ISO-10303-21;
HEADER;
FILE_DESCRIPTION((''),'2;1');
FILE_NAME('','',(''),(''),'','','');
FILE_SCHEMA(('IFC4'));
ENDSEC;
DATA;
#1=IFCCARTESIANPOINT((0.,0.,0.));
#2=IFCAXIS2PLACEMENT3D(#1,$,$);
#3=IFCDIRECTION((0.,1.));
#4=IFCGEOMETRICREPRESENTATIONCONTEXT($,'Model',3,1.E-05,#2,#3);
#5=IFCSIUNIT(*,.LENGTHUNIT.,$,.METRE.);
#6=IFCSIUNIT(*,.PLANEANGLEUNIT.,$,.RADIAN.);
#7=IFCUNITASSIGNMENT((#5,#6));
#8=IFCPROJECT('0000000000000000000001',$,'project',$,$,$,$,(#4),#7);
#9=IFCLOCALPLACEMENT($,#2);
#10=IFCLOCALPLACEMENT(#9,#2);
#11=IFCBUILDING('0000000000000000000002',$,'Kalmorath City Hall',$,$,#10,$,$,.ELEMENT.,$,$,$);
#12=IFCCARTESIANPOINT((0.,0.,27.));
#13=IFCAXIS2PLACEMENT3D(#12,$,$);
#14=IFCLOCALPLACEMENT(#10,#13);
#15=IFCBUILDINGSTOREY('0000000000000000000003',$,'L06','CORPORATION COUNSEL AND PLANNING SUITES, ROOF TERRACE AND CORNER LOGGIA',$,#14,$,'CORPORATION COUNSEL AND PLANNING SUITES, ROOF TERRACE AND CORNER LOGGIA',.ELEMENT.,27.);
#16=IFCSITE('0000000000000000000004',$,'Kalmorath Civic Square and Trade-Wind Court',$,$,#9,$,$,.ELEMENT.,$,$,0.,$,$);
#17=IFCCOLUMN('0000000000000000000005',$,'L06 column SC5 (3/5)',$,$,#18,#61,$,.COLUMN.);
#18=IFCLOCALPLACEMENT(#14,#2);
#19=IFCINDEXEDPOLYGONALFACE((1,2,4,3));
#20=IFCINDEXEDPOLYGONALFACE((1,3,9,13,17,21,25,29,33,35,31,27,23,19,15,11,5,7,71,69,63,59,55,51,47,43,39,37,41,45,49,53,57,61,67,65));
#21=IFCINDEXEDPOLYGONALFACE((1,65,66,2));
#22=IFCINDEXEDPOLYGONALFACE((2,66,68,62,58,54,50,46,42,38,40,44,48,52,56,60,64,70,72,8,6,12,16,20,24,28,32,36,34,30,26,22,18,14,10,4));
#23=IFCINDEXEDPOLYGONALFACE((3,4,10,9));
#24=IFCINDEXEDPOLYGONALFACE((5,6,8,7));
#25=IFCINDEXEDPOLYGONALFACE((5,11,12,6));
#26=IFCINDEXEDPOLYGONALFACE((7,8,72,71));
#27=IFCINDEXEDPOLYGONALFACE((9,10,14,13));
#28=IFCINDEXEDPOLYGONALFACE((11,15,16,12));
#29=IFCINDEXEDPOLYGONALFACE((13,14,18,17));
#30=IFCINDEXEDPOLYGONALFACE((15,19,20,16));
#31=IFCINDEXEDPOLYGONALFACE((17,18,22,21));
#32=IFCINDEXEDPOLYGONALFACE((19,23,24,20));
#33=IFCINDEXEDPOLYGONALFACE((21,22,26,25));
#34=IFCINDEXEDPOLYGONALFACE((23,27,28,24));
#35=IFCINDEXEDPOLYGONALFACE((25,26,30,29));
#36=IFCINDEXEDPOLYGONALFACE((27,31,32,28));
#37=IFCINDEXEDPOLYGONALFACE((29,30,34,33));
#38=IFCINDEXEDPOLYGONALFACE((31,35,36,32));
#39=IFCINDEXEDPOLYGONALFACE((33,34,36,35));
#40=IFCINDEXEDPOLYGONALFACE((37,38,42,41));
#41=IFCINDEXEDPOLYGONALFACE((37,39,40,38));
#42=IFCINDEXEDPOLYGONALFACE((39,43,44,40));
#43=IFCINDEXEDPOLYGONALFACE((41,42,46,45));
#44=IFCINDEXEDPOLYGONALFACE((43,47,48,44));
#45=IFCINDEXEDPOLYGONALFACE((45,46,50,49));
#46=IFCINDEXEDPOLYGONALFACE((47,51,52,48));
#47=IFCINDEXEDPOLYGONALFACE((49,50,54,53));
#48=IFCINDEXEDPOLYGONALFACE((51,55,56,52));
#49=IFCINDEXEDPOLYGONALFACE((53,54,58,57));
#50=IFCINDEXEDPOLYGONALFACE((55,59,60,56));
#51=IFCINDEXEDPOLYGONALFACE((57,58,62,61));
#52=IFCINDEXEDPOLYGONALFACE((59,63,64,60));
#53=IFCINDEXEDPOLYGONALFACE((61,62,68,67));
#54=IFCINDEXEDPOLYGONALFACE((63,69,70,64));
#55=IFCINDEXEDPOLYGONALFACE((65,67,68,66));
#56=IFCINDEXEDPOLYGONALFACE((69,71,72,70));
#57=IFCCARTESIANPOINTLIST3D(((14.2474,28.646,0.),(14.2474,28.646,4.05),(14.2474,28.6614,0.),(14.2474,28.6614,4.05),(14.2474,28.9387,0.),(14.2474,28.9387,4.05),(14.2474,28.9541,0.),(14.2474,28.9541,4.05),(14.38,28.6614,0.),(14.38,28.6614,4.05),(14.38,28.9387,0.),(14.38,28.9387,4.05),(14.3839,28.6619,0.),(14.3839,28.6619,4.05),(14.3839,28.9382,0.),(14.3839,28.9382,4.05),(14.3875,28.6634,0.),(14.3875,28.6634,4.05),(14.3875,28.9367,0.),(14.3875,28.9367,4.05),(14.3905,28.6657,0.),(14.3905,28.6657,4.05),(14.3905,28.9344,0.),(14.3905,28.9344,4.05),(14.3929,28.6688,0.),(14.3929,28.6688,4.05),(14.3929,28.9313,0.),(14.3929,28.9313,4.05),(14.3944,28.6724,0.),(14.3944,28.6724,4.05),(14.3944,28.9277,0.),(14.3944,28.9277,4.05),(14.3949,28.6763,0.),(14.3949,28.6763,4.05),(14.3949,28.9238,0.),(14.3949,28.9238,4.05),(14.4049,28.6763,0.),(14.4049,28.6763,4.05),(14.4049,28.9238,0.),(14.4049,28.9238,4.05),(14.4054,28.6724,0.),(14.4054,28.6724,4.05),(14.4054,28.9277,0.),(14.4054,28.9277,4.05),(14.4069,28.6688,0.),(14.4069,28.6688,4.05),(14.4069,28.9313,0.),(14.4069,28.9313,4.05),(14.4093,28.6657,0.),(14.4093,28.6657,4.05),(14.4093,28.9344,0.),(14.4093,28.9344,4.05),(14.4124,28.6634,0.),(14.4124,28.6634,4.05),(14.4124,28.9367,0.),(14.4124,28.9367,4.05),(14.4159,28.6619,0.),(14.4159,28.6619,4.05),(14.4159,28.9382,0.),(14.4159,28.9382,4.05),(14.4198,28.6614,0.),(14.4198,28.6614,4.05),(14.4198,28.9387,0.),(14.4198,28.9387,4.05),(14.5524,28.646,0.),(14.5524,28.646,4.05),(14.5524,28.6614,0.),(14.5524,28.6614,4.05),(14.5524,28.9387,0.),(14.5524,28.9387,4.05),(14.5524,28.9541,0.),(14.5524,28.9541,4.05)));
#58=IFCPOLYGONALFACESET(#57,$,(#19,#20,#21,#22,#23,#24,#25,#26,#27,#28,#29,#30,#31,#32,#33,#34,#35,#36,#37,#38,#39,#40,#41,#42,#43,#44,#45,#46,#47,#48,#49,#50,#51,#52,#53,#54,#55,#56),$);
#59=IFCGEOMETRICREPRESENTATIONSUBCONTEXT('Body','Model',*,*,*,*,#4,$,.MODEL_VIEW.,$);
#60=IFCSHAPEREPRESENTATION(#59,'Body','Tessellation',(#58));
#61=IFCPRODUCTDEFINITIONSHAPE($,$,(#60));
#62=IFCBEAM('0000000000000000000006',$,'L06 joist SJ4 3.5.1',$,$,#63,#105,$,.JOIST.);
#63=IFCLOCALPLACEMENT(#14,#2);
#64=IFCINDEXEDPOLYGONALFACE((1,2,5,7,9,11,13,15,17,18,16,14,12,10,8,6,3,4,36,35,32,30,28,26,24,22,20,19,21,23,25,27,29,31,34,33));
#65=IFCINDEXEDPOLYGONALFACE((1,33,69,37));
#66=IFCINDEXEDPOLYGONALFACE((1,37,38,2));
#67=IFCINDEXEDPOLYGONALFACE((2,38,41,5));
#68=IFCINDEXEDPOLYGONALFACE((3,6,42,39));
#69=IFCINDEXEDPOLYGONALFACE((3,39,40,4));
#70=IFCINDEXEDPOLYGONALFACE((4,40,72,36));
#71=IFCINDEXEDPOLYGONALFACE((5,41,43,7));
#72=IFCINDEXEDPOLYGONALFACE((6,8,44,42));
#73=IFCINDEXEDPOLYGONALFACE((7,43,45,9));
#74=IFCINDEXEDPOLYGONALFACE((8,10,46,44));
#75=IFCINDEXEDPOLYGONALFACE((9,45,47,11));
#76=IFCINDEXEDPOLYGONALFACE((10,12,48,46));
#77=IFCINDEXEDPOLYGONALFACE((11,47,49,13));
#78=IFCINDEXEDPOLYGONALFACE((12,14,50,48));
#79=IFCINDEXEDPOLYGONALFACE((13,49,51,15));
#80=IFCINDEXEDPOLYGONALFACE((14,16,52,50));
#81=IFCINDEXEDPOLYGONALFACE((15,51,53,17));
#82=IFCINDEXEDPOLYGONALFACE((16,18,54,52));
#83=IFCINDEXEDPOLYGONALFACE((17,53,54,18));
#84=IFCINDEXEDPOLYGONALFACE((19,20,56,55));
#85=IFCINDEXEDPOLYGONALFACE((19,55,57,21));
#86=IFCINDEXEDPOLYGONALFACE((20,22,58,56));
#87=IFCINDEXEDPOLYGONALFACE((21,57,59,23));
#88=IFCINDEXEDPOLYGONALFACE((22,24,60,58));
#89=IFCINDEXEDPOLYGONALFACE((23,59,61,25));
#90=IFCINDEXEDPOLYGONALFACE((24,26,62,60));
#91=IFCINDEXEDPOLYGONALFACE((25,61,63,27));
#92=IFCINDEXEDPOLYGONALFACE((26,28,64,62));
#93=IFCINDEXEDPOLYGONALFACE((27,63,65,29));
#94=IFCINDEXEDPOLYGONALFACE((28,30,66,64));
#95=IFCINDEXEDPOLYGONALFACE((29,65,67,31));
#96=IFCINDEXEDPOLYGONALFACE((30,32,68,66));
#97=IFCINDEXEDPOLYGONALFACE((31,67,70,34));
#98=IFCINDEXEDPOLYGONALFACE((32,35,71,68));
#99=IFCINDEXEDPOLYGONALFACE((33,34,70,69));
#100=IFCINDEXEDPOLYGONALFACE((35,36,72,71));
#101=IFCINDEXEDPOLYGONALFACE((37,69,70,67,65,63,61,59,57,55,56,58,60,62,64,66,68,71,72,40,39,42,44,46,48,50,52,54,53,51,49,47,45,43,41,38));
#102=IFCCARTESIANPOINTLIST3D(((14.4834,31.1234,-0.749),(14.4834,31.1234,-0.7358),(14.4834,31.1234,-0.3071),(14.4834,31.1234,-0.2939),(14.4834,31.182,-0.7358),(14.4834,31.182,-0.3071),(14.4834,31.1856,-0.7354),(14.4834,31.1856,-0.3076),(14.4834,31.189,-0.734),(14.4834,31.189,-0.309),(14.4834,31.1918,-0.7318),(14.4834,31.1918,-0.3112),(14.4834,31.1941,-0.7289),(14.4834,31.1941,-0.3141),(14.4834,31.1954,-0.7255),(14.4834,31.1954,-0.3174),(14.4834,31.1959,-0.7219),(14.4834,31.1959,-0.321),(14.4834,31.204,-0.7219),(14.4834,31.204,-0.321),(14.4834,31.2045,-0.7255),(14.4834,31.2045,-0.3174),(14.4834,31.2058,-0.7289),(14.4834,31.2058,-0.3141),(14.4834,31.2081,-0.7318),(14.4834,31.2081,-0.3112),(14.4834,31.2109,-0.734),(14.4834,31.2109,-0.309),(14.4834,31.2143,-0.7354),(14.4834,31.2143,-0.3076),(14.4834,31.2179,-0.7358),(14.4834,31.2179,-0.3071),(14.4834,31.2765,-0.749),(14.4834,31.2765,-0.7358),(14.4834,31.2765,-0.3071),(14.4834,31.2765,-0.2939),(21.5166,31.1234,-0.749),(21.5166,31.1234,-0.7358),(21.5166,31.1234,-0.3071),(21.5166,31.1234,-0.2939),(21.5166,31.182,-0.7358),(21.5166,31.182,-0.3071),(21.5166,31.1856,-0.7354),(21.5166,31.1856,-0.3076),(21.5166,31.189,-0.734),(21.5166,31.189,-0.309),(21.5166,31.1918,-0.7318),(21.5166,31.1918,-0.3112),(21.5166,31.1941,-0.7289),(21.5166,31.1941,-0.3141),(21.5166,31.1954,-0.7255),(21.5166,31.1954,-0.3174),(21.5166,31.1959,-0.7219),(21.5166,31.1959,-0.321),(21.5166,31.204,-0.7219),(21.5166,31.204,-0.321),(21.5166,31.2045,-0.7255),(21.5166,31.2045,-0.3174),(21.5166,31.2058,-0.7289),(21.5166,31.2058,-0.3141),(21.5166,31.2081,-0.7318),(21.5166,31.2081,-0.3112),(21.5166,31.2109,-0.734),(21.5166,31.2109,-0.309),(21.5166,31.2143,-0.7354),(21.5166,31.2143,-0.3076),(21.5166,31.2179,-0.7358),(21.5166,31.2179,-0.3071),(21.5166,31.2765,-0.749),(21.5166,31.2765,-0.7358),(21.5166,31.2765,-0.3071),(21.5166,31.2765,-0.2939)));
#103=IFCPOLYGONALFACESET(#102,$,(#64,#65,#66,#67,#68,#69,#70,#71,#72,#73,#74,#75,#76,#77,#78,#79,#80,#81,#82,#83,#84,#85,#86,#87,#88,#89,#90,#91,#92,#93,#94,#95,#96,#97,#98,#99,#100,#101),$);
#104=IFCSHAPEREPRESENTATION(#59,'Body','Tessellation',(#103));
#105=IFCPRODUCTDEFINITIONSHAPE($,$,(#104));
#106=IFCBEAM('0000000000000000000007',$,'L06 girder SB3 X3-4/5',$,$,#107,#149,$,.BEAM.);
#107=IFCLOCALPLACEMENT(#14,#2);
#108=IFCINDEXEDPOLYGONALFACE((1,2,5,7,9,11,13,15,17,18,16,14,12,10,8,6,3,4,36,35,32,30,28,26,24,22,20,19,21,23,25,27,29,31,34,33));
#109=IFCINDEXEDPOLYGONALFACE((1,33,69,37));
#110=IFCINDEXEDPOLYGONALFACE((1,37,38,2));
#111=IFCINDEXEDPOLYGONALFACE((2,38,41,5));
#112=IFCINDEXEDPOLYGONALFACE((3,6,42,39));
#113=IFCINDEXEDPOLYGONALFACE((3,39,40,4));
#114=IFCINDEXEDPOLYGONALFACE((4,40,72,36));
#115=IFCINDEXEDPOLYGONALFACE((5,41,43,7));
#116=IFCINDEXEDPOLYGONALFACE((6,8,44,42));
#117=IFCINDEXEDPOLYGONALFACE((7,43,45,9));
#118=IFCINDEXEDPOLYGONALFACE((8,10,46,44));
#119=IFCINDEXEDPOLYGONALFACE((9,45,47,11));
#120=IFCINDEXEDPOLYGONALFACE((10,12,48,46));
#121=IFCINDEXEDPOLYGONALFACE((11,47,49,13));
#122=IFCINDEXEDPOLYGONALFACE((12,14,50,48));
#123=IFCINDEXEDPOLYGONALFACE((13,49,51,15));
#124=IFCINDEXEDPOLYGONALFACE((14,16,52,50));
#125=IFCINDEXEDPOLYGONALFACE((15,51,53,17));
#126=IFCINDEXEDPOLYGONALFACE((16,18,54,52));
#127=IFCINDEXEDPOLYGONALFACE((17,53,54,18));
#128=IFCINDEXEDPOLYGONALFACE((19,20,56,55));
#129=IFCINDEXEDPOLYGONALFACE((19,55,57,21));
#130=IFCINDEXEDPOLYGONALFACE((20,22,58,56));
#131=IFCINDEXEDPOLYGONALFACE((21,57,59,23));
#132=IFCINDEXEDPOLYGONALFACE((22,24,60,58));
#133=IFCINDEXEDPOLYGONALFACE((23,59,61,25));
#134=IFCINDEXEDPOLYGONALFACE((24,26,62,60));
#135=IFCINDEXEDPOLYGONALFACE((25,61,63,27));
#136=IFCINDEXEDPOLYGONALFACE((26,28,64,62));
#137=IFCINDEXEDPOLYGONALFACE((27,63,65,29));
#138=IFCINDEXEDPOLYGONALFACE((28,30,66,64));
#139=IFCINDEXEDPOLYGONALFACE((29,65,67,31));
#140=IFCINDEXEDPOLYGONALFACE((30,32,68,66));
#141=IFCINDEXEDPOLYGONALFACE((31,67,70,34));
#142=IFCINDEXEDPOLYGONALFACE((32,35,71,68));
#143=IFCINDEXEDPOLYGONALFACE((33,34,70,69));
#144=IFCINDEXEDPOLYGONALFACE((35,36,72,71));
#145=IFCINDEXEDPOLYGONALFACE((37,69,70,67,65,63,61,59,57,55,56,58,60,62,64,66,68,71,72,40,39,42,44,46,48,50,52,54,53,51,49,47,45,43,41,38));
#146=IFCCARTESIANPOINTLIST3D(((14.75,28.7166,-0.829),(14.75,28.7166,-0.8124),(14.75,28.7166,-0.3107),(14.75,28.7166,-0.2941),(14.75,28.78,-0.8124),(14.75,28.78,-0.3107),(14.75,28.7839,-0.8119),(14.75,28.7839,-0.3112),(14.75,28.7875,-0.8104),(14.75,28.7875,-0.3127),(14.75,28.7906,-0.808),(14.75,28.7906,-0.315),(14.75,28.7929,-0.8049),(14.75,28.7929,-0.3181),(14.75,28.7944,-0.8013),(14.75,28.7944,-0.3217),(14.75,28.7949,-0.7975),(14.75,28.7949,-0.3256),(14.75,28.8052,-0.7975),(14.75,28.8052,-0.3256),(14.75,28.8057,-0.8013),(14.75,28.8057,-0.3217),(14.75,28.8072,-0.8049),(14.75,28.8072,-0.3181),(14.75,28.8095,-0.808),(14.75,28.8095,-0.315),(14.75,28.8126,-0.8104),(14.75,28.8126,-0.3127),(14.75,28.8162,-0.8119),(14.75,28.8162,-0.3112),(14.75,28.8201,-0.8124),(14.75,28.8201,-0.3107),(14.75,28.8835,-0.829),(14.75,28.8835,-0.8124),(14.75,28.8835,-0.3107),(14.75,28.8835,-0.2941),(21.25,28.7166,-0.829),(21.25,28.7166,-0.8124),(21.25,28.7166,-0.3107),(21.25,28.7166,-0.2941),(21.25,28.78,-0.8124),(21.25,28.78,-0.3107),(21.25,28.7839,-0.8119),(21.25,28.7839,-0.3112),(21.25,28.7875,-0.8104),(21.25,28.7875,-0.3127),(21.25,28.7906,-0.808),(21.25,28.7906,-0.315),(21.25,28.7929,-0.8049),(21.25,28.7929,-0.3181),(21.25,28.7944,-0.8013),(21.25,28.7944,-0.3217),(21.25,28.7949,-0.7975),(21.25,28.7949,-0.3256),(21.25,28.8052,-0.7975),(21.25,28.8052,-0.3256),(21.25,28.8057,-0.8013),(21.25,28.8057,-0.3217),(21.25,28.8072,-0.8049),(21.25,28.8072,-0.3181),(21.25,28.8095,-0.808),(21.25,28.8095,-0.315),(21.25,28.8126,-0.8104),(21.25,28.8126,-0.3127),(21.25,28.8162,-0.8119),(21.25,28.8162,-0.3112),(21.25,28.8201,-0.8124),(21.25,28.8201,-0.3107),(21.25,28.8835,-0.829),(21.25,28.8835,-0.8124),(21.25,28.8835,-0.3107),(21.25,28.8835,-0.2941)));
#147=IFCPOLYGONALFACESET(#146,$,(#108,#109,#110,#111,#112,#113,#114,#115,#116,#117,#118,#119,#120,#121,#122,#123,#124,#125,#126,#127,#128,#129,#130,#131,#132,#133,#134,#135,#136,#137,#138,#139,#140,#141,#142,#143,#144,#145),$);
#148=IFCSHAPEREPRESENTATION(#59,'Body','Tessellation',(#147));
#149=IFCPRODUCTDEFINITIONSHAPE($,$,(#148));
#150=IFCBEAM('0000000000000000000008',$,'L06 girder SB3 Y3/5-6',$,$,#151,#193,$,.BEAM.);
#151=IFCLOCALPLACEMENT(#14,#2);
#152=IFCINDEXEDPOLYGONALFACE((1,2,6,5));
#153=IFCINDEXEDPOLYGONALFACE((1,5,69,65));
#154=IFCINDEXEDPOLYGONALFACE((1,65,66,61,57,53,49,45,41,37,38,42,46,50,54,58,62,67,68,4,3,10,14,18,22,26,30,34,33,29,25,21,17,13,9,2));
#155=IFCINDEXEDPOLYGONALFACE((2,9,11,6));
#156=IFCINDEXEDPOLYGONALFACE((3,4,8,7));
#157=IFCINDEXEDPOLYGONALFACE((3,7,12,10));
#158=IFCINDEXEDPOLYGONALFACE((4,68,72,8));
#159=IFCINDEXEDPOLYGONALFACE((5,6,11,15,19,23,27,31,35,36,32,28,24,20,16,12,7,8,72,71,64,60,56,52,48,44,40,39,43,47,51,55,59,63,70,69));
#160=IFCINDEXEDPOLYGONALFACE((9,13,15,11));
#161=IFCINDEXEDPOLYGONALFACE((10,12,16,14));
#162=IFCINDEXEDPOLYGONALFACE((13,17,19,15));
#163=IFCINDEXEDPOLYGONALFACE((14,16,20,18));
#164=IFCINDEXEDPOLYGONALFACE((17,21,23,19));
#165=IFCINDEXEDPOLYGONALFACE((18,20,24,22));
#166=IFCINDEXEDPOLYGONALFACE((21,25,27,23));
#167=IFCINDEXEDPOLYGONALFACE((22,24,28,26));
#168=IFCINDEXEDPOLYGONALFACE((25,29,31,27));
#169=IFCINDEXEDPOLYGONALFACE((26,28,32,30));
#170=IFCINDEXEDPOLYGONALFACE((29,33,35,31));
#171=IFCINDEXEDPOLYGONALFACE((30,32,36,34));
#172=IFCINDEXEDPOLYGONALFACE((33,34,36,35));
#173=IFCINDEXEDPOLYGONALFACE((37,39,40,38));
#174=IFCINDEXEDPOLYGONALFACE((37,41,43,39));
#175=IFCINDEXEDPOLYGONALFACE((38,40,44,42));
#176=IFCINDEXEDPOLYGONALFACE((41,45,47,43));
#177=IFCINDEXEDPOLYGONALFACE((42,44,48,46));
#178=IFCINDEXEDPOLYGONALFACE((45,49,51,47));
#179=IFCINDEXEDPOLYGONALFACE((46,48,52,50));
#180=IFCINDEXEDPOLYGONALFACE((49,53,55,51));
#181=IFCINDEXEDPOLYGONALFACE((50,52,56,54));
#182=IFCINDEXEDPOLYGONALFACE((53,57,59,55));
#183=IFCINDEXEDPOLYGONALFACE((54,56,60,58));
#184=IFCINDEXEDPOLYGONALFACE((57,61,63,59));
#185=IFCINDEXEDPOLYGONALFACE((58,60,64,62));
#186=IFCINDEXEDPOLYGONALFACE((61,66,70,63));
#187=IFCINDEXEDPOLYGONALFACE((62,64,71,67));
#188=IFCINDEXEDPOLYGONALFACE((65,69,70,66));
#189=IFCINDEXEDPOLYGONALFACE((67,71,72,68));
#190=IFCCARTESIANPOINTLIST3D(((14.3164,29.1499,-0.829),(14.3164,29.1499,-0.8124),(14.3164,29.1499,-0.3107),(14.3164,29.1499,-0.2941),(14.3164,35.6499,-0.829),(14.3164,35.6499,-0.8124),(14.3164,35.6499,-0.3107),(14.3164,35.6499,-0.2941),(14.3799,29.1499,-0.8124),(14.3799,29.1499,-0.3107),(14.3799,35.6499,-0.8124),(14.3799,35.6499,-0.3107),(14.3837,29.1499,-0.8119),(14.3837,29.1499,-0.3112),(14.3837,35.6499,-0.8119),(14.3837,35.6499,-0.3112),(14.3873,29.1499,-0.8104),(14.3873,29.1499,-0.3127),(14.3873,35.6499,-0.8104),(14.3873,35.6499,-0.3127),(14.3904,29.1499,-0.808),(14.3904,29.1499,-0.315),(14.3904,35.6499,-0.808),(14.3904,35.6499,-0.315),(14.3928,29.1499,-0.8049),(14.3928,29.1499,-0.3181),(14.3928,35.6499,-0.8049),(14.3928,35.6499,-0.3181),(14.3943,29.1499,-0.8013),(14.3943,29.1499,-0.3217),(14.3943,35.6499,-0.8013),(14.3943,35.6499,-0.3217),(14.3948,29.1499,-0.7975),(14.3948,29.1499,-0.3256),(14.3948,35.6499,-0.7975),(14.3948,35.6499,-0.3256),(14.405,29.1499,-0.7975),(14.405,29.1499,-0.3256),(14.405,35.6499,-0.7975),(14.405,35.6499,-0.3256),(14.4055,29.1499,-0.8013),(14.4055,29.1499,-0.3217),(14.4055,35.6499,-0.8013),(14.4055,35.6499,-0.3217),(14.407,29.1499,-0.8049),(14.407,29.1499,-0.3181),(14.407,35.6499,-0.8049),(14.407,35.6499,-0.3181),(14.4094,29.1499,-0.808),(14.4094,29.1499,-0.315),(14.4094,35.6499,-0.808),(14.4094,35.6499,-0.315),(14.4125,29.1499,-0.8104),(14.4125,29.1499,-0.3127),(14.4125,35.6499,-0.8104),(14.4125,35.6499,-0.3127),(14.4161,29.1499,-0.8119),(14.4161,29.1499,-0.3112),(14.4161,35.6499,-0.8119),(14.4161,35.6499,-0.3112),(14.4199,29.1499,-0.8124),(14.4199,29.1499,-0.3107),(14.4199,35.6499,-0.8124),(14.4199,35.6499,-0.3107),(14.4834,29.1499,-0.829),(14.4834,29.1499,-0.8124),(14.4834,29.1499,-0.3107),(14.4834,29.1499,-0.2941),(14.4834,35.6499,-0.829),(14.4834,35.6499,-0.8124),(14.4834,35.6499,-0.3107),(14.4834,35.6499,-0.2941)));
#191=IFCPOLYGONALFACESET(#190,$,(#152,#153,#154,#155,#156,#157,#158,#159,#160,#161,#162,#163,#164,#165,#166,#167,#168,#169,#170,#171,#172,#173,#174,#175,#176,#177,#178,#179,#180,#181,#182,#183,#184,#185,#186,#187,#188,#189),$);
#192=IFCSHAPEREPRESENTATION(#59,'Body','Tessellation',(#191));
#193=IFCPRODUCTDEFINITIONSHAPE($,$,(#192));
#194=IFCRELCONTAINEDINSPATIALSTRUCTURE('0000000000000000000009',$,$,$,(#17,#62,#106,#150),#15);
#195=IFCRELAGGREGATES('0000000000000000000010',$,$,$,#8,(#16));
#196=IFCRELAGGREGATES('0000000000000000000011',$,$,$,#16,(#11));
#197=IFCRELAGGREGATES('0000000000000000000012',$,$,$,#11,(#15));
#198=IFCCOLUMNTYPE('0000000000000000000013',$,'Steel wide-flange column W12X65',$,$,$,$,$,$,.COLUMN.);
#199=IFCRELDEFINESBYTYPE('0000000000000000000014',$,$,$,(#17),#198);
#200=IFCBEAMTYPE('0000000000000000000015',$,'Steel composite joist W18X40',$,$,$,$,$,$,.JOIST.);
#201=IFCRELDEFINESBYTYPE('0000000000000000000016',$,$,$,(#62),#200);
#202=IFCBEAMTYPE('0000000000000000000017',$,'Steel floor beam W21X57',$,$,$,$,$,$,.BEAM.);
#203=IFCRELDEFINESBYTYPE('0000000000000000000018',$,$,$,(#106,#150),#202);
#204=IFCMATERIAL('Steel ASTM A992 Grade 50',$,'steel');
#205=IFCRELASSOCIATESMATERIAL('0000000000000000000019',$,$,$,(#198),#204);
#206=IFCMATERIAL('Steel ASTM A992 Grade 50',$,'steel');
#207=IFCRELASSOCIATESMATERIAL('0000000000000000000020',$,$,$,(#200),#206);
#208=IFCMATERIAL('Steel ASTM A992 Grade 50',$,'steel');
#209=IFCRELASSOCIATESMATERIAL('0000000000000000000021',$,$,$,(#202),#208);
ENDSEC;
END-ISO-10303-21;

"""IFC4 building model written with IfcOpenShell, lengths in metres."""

from ifc_helpers import new_model, si_unit, direction, frame, origin, origin_2d, place, context, subcontext, project, spatial, i_section, extrude, material, material_profile, profile_set, type_object, element, save


model = new_model("IFC4")

# Units and contexts
model_context = context("Model", 3, precision=1e-05, world=origin(), true_north=direction((0.0, 1.0)))
body_context = subcontext(model_context, "Body", "Model", "MODEL_VIEW")
ifc_project = project(units=[si_unit("LENGTHUNIT", "METRE"), si_unit("PLANEANGLEUNIT", "RADIAN")], contexts=[model_context])

# Site, building, storey
site_placement = place(None, origin())
site = spatial("IfcSite", under=ifc_project, at=site_placement, Name="Kalmorath Civic Square and Trade-Wind Court", CompositionType="ELEMENT", RefElevation=0.0)
building_placement = place(site_placement, origin())
building = spatial("IfcBuilding", under=site, at=building_placement, Name="Kalmorath City Hall", CompositionType="ELEMENT")
storey_placement = place(building_placement, frame((0.0, 0.0, 27.0)))
storey = spatial("IfcBuildingStorey", under=building, at=storey_placement, Name="L06", Description="CORPORATION COUNSEL AND PLANNING SUITES, ROOF TERRACE AND CORNER LOGGIA", LongName="CORPORATION COUNSEL AND PLANNING SUITES, ROOF TERRACE AND CORNER LOGGIA", CompositionType="ELEMENT", Elevation=27.0)

# Column
ifc_material_1 = material(Name="Steel ASTM A992 Grade 50", Category="steel")
ifc_material_profile_1 = material_profile(ifc_material_1, i_section(OverallWidth=0.3049, OverallDepth=0.3081, WebThickness=0.01, FlangeThickness=0.0154, FilletRadius=0.0149, at=origin_2d()), Name="W12X65")
ifc_profile_set_1 = profile_set([ifc_material_profile_1], Name="Steel ASTM A992 Grade 50")
column_type = type_object("IfcColumnType", Name="Steel wide-flange column W12X65", PredefinedType="COLUMN", material=ifc_profile_set_1)
column_placement = place(storey_placement, frame((14.3999, 28.8, 0.0), z_axis=(0.0, 0.0, 1.0), x_axis=(1.0, 0.0, 0.0)))
element("IfcColumn", 1, at=column_placement, inside=storey, type_object=column_type, Name="L06 column SC5 (3/5)", PredefinedType="COLUMN", context=body_context, shape_type="SweptSolid", body=[
    extrude(i_section(OverallWidth=0.3049, OverallDepth=0.3081, WebThickness=0.01, FlangeThickness=0.0154, FilletRadius=0.0149, at=origin_2d()), origin(), (0.0, 0.0, 1.0), 4.05),
])

# Beams
ifc_material_2 = material(Name="Steel ASTM A992 Grade 50", Category="steel")
ifc_material_profile_2 = material_profile(ifc_material_2, i_section(OverallWidth=0.1531, OverallDepth=0.4551, WebThickness=0.0081, FlangeThickness=0.0132, FilletRadius=0.0139, at=origin_2d()), Name="W18X40")
ifc_profile_set_2 = profile_set([ifc_material_profile_2], Name="Steel ASTM A992 Grade 50")
beam_type_1 = type_object("IfcBeamType", Name="Steel composite joist W18X40", PredefinedType="JOIST", material=ifc_profile_set_2)
beam_placement = place(storey_placement, frame((14.4834, 31.2, -0.5215), z_axis=(1.0, 0.0, 0.0), x_axis=(0.0, 1.0, 0.0)))
element("IfcBeam", 2, at=beam_placement, inside=storey, type_object=beam_type_1, Name="L06 joist SJ4 3.5.1", PredefinedType="JOIST", context=body_context, shape_type="SweptSolid", body=[
    extrude(i_section(OverallWidth=0.1531, OverallDepth=0.4551, WebThickness=0.0081, FlangeThickness=0.0132, FilletRadius=0.0139, at=origin_2d()), origin(), (0.0, 0.0, 1.0), 7.0332),
])
ifc_material_3 = material(Name="Steel ASTM A992 Grade 50", Category="steel")
ifc_material_profile_3 = material_profile(ifc_material_3, i_section(OverallWidth=0.167, OverallDepth=0.5349, WebThickness=0.0103, FlangeThickness=0.0166, FilletRadius=0.0149, at=origin_2d()), Name="W21X57")
ifc_profile_set_3 = profile_set([ifc_material_profile_3], Name="Steel ASTM A992 Grade 50")
beam_type_2 = type_object("IfcBeamType", Name="Steel floor beam W21X57", PredefinedType="BEAM", material=ifc_profile_set_3)
for number, where, z_axis, x_axis, name in (
    (3, (14.75, 28.8, -0.5615), (1.0, 0.0, 0.0), (0.0, 1.0, 0.0), "L06 girder SB3 X3-4/5"),
    (4, (14.3999, 29.1499, -0.5615), (0.0, 1.0, 0.0), (-1.0, 0.0, 0.0), "L06 girder SB3 Y3/5-6"),
):
    element("IfcBeam", number, at=place(storey_placement, frame(where, z_axis=z_axis, x_axis=x_axis)), inside=storey, type_object=beam_type_2, Name=name, PredefinedType="BEAM", context=body_context, shape_type="SweptSolid", body=[
        extrude(i_section(OverallWidth=0.167, OverallDepth=0.5349, WebThickness=0.0103, FlangeThickness=0.0166, FilletRadius=0.0149, at=origin_2d()), origin(), (0.0, 0.0, 1.0), 6.5),
    ])

save(model, "model.ifc")
